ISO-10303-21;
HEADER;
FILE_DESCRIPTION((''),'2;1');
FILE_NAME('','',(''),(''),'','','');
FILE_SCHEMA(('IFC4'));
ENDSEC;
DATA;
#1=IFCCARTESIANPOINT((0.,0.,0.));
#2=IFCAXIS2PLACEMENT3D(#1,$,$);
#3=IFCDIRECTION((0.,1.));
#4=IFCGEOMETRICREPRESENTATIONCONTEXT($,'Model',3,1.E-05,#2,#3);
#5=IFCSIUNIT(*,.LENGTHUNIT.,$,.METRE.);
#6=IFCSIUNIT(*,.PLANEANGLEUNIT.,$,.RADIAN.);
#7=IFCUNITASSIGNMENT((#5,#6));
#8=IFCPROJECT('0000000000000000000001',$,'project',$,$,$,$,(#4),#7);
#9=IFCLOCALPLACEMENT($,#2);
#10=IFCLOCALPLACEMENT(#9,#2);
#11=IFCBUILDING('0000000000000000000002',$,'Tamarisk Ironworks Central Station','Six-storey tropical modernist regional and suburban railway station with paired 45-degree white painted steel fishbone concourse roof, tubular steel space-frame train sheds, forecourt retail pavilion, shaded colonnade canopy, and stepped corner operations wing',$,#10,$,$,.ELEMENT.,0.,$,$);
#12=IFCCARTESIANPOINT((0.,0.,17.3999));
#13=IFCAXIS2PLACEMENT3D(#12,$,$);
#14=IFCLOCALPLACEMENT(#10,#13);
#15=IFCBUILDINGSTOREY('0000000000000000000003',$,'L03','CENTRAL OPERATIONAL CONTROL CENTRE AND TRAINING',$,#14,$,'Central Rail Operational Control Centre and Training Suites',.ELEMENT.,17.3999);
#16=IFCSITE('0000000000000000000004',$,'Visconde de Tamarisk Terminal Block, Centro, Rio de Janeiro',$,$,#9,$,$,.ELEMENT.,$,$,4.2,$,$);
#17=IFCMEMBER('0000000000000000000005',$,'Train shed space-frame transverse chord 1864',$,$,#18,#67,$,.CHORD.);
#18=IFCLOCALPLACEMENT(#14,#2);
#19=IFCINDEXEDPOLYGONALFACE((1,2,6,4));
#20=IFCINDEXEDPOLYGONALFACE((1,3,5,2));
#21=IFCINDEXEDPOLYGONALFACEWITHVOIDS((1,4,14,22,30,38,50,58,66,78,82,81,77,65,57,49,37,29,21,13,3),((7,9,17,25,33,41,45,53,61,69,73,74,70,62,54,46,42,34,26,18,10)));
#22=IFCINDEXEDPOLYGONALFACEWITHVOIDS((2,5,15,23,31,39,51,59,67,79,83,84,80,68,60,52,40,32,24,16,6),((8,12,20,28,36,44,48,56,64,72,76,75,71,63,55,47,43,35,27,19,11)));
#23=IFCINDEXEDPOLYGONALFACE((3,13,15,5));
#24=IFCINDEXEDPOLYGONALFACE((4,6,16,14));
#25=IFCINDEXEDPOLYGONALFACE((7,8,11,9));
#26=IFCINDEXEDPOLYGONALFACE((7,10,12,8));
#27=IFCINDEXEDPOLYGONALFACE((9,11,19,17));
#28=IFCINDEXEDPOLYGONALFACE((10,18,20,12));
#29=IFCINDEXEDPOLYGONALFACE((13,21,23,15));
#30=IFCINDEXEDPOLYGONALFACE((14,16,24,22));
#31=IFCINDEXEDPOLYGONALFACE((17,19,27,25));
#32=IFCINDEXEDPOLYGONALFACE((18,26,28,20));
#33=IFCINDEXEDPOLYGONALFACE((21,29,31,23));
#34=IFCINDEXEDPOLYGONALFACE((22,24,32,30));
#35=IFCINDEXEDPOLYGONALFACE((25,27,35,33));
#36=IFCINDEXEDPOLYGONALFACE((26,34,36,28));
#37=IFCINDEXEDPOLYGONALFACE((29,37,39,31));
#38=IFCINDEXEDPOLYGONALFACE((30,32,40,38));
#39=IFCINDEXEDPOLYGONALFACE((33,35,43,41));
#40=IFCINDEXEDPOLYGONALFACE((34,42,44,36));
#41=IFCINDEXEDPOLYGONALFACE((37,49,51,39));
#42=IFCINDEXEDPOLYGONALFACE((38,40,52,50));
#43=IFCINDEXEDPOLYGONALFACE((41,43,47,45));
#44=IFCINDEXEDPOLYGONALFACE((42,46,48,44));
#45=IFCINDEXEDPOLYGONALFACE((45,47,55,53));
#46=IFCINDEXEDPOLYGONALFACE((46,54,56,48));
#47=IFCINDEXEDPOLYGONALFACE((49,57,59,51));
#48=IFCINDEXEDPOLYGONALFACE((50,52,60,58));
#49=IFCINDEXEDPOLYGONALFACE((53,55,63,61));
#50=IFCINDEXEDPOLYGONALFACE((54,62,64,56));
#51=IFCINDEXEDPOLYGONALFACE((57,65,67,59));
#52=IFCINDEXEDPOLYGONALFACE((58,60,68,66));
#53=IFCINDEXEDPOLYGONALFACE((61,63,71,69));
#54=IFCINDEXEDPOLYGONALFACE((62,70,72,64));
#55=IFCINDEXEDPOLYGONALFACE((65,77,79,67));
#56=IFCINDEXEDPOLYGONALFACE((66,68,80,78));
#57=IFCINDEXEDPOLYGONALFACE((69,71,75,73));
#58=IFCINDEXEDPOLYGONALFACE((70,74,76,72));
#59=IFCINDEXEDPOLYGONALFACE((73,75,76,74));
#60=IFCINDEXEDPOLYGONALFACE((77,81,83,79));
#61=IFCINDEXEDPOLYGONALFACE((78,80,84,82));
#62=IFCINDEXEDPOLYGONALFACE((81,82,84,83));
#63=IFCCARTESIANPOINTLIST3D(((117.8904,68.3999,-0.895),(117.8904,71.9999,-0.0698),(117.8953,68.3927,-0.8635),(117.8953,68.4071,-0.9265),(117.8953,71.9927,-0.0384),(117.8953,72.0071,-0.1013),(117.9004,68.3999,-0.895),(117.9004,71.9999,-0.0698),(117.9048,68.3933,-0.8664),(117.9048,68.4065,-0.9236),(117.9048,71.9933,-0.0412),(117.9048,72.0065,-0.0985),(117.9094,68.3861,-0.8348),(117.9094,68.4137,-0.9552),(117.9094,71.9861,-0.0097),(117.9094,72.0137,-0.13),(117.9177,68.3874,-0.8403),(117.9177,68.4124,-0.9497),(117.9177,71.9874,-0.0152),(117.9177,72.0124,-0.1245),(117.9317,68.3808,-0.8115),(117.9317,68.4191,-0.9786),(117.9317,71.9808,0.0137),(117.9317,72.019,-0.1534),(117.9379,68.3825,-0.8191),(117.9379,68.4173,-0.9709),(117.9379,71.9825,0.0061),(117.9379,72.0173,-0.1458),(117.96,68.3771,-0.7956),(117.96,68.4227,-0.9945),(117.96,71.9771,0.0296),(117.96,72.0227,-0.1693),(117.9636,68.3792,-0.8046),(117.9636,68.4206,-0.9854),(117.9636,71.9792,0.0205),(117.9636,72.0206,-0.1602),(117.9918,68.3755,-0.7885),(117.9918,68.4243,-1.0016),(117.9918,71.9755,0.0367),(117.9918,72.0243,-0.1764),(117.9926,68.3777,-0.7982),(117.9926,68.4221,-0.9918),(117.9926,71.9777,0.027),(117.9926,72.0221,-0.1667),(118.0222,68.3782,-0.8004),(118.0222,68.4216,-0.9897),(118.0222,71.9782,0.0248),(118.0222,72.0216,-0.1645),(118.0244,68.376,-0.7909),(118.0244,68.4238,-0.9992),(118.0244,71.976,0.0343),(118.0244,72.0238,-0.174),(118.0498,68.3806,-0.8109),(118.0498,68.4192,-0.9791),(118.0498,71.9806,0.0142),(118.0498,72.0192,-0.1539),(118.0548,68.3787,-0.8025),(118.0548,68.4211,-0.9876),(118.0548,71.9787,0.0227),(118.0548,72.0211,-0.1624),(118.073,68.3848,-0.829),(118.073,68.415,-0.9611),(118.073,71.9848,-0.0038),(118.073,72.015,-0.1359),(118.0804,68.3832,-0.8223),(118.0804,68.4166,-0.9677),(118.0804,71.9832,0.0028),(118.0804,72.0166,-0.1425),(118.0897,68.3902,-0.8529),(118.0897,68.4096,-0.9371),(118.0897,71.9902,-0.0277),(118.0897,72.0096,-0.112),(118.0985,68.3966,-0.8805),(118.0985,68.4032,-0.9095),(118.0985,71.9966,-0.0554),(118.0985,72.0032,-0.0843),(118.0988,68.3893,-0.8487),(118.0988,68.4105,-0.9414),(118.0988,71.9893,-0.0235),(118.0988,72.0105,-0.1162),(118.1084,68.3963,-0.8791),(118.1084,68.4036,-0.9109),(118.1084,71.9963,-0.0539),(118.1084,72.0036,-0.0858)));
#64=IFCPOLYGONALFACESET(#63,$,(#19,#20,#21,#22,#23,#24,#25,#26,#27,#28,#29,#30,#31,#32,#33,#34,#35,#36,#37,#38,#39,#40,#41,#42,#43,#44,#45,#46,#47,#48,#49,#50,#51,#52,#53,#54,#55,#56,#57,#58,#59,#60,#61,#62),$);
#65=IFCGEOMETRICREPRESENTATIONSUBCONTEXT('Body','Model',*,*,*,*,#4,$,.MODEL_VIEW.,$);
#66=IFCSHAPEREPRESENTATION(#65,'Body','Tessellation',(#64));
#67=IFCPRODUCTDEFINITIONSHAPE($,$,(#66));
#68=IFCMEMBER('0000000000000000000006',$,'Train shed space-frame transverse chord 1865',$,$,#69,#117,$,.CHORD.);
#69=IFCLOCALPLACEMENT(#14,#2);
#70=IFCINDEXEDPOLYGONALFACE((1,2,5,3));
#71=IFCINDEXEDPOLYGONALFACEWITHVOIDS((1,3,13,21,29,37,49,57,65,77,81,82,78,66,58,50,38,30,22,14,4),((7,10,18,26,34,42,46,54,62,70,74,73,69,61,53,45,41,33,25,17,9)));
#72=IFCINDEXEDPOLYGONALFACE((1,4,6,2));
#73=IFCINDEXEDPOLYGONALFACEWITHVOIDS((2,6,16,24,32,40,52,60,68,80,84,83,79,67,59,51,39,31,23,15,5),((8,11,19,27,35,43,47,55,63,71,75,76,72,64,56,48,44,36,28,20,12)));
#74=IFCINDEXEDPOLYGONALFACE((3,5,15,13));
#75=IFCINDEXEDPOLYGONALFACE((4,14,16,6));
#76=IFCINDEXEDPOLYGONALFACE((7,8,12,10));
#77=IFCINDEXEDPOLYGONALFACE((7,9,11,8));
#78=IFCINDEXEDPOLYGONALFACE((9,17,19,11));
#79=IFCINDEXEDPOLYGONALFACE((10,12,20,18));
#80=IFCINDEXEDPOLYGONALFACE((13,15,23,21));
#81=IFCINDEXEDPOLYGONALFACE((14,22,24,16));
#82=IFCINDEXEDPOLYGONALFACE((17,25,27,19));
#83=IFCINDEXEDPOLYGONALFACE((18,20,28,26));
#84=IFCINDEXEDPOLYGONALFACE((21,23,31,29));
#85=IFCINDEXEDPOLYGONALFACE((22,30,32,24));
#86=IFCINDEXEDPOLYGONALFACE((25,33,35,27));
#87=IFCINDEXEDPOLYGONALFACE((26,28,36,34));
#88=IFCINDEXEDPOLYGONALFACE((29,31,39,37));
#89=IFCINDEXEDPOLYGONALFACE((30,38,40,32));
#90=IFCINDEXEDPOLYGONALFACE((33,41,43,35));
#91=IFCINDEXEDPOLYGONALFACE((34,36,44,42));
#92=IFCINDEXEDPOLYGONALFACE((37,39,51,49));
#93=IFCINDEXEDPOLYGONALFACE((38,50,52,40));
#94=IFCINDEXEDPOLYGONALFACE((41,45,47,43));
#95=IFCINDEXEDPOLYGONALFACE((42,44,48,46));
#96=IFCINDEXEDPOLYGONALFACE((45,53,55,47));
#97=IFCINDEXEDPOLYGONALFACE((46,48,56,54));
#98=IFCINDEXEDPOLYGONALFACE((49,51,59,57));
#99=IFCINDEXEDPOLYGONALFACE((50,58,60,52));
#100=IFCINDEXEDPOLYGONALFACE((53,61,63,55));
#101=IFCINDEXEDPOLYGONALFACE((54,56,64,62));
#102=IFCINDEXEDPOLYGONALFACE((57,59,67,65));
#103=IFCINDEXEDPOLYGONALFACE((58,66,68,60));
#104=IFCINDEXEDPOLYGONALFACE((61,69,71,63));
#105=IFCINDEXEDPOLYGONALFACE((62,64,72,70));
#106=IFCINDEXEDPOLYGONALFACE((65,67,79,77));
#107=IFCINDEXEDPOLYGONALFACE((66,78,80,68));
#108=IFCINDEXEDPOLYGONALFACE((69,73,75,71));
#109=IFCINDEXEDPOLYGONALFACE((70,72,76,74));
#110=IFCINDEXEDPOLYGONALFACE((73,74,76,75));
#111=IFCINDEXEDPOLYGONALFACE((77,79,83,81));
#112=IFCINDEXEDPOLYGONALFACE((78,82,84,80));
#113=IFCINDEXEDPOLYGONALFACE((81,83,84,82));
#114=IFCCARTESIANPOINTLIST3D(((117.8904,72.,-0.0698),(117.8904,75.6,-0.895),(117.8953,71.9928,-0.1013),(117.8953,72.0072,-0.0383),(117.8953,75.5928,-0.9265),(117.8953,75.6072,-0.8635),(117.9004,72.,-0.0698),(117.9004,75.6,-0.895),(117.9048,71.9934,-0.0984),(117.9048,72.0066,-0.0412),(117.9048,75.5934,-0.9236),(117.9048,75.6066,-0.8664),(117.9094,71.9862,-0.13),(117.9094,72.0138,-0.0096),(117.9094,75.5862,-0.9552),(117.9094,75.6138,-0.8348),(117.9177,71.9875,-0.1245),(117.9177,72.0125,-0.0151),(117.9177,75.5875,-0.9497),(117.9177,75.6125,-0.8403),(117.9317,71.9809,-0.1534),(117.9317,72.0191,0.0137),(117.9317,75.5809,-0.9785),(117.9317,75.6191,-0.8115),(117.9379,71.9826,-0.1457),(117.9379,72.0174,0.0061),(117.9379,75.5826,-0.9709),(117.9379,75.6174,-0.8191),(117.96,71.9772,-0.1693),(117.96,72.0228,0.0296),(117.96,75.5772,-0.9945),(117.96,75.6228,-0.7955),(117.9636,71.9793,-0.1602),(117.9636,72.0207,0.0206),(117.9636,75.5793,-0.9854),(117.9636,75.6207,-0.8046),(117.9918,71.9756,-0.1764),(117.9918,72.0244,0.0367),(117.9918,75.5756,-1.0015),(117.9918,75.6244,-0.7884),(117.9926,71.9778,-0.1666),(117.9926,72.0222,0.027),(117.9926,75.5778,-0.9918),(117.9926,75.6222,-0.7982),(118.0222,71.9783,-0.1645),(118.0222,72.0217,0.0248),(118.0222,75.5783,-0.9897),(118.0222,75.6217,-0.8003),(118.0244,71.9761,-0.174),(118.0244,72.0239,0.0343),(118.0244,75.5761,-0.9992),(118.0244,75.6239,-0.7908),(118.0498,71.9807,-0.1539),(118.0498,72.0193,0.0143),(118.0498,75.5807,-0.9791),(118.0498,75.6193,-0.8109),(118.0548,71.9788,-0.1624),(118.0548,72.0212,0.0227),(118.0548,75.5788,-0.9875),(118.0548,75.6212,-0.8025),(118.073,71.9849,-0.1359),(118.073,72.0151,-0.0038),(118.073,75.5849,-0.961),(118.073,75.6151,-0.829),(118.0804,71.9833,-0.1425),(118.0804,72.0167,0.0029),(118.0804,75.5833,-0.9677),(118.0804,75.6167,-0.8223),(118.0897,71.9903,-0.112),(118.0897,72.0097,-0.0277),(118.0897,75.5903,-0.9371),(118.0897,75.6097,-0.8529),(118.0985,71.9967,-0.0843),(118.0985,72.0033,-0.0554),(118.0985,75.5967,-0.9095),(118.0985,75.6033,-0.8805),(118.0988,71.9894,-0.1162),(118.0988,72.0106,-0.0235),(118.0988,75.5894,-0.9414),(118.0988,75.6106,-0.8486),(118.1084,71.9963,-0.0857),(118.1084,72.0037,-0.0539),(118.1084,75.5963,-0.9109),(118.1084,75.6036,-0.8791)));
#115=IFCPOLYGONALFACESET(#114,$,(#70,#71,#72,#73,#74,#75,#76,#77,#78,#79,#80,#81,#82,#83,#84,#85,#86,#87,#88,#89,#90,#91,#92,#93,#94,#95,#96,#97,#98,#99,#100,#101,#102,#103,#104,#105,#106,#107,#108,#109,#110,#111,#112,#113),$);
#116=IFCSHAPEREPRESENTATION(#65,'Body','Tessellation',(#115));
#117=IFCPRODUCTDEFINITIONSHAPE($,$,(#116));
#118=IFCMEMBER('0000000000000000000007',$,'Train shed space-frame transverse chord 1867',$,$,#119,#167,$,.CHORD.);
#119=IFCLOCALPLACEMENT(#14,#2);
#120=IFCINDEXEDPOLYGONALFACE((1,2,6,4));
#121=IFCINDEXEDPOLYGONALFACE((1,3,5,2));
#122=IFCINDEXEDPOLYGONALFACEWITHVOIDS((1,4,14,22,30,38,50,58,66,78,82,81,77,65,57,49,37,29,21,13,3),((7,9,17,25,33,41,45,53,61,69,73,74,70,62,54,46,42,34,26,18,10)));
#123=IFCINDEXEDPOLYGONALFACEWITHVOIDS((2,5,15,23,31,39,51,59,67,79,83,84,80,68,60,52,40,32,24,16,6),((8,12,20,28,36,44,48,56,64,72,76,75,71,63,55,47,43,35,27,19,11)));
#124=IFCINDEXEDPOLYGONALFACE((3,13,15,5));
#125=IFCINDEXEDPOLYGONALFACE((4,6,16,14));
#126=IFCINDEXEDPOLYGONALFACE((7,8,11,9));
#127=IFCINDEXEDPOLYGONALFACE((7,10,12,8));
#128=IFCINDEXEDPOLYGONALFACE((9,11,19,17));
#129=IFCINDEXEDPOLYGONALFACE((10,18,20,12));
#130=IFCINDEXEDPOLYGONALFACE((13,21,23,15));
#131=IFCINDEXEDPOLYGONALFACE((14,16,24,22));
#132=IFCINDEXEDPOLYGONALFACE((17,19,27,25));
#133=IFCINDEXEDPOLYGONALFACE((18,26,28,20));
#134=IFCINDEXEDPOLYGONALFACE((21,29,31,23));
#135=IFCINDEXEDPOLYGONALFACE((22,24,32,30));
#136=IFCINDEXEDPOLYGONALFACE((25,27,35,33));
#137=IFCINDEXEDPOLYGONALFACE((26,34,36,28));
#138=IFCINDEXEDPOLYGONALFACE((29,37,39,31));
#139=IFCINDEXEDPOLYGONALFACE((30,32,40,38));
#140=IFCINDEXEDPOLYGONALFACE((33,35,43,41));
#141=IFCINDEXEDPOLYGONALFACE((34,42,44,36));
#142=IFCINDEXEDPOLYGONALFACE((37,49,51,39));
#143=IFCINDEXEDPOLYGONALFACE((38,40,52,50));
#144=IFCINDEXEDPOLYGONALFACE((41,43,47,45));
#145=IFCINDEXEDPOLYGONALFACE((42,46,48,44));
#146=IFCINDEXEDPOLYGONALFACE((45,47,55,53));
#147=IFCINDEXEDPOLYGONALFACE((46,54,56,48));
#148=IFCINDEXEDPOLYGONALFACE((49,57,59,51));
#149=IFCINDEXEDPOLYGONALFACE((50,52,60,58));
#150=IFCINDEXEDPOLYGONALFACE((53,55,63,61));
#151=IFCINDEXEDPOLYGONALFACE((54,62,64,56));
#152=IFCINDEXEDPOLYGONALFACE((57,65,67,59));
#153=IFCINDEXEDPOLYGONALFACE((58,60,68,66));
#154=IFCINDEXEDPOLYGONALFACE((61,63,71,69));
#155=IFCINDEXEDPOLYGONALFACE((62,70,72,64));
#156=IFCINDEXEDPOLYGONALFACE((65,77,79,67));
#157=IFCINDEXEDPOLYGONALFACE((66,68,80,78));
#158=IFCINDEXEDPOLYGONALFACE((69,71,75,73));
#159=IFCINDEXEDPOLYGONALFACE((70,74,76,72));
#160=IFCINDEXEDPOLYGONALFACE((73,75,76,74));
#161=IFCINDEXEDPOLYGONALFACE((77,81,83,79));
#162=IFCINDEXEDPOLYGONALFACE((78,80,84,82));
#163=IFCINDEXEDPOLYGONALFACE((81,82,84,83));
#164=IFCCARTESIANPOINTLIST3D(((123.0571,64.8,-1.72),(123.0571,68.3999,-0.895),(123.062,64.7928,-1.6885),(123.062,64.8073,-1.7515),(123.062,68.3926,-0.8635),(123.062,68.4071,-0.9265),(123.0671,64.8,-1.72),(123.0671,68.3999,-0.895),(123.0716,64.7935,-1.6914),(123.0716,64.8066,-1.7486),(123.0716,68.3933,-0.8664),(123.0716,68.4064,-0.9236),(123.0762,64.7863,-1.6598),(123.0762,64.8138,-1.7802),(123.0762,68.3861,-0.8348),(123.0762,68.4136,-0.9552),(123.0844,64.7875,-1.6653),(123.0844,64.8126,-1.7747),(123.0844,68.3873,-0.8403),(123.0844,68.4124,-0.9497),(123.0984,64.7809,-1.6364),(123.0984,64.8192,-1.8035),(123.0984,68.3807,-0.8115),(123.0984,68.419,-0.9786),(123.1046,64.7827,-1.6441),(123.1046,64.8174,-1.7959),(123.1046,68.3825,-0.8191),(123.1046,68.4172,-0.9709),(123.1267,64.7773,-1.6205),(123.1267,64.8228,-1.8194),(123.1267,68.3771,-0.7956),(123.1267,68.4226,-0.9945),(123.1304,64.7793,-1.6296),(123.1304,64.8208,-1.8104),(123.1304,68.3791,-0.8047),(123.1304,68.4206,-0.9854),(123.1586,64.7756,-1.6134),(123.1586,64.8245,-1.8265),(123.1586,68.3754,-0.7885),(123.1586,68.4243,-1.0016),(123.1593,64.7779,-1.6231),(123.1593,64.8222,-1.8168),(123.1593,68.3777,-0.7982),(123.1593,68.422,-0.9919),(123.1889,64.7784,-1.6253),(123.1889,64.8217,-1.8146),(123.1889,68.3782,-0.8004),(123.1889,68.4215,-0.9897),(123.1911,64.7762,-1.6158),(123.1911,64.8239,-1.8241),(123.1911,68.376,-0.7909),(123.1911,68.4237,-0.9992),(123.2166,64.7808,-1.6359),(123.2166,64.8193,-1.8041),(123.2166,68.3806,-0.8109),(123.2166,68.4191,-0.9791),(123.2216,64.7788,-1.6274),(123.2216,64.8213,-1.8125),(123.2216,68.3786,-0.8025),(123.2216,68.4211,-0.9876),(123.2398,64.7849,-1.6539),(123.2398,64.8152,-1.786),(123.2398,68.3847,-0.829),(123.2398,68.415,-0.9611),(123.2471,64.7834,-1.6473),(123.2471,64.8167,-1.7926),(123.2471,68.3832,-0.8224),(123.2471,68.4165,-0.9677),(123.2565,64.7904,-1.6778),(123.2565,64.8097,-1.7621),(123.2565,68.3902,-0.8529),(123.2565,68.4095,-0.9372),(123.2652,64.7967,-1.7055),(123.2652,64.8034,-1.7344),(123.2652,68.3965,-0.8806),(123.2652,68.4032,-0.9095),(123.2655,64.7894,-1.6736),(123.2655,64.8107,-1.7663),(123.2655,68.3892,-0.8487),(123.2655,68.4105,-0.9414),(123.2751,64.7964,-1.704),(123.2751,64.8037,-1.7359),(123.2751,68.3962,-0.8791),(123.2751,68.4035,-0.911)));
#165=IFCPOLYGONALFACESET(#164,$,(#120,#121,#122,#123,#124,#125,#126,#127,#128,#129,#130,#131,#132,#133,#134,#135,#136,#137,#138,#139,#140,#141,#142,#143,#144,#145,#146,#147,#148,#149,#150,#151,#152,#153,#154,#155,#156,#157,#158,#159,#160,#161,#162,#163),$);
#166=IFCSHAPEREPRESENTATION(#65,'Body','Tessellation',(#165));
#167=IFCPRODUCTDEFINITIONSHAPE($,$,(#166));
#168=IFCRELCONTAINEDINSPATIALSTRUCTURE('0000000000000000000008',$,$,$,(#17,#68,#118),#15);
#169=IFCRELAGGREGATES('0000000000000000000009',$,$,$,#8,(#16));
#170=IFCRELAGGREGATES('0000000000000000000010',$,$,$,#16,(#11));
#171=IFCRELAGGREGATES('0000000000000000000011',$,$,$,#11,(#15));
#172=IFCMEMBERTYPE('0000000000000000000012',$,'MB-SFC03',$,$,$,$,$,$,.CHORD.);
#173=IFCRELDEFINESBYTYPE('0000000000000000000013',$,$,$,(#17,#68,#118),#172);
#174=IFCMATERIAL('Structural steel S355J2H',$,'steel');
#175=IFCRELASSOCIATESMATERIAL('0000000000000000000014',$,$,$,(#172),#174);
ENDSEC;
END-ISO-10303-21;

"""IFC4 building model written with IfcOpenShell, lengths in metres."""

from ifc_helpers import new_model, si_unit, direction, frame, origin, origin_2d, place, context, subcontext, project, spatial, hollow_circle, extrude, material, material_profile, profile_set, type_object, element, save


model = new_model("IFC4")

# Units and contexts
model_context = context("Model", 3, precision=1e-05, world=origin(), true_north=direction((0.0, 1.0)))
body_context = subcontext(model_context, "Body", "Model", "MODEL_VIEW")
ifc_project = project(units=[si_unit("LENGTHUNIT", "METRE"), si_unit("PLANEANGLEUNIT", "RADIAN")], contexts=[model_context])

# Site, building, storey
site_placement = place(None, origin())
site = spatial("IfcSite", under=ifc_project, at=site_placement, Name="Visconde de Tamarisk Terminal Block, Centro, Rio de Janeiro", CompositionType="ELEMENT", RefElevation=4.2)
building_placement = place(site_placement, origin())
building = spatial("IfcBuilding", under=site, at=building_placement, Name="Tamarisk Ironworks Central Station", Description="Six-storey tropical modernist regional and suburban railway station with paired 45-degree white painted steel fishbone concourse roof, tubular steel space-frame train sheds, forecourt retail pavilion, shaded colonnade canopy, and stepped corner operations wing", CompositionType="ELEMENT", ElevationOfRefHeight=0.0)
storey_placement = place(building_placement, frame((0.0, 0.0, 17.3999)))
storey = spatial("IfcBuildingStorey", under=building, at=storey_placement, Name="L03", Description="CENTRAL OPERATIONAL CONTROL CENTRE AND TRAINING", LongName="Central Rail Operational Control Centre and Training Suites", CompositionType="ELEMENT", Elevation=17.3999)

# Members
ifc_material_1 = material(Name="Structural steel S355J2H", Category="steel")
ifc_material_profile_1 = material_profile(ifc_material_1, hollow_circle(Radius=0.1096, WallThickness=0.01, at=origin_2d()), Name="CHS 219.1x10")
ifc_profile_set_1 = profile_set([ifc_material_profile_1], Name="Structural steel S355J2H")
member_type_1 = type_object("IfcMemberType", Name="MB-SFC03", PredefinedType="CHORD", material=ifc_profile_set_1)
for number, where, z_axis, x_axis, name in (
    (1, (118.0, 68.3999, -0.895), (0.0, 0.974722, 0.223421), (-1.0, 0.0, 0.0), "Train shed space-frame transverse chord 1864"),
    (2, (118.0, 72.0, -0.0698), (0.0, 0.974722, -0.223421), (-1.0, 0.0, 0.0), "Train shed space-frame transverse chord 1865"),
):
    element("IfcMember", number, at=place(storey_placement, frame(where, z_axis=z_axis, x_axis=x_axis)), inside=storey, type_object=member_type_1, Name=name, PredefinedType="CHORD", context=body_context, shape_type="SweptSolid", body=[
        extrude(hollow_circle(Radius=0.1096, WallThickness=0.01, at=origin_2d()), origin(), (0.0, 0.0, 1.0), 3.6934),
    ])
member_1_placement = place(storey_placement, frame((123.1667, 64.8, -1.72), z_axis=(0.0, 0.974733, 0.223372), x_axis=(-1.0, 0.0, 0.0)))
element("IfcMember", 3, at=member_1_placement, inside=storey, type_object=member_type_1, Name="Train shed space-frame transverse chord 1867", PredefinedType="CHORD", context=body_context, shape_type="SweptSolid", body=[
    extrude(hollow_circle(Radius=0.1096, WallThickness=0.01, at=origin_2d()), origin(), (0.0, 0.0, 1.0), 3.6931),
])

save(model, "model.ifc")
